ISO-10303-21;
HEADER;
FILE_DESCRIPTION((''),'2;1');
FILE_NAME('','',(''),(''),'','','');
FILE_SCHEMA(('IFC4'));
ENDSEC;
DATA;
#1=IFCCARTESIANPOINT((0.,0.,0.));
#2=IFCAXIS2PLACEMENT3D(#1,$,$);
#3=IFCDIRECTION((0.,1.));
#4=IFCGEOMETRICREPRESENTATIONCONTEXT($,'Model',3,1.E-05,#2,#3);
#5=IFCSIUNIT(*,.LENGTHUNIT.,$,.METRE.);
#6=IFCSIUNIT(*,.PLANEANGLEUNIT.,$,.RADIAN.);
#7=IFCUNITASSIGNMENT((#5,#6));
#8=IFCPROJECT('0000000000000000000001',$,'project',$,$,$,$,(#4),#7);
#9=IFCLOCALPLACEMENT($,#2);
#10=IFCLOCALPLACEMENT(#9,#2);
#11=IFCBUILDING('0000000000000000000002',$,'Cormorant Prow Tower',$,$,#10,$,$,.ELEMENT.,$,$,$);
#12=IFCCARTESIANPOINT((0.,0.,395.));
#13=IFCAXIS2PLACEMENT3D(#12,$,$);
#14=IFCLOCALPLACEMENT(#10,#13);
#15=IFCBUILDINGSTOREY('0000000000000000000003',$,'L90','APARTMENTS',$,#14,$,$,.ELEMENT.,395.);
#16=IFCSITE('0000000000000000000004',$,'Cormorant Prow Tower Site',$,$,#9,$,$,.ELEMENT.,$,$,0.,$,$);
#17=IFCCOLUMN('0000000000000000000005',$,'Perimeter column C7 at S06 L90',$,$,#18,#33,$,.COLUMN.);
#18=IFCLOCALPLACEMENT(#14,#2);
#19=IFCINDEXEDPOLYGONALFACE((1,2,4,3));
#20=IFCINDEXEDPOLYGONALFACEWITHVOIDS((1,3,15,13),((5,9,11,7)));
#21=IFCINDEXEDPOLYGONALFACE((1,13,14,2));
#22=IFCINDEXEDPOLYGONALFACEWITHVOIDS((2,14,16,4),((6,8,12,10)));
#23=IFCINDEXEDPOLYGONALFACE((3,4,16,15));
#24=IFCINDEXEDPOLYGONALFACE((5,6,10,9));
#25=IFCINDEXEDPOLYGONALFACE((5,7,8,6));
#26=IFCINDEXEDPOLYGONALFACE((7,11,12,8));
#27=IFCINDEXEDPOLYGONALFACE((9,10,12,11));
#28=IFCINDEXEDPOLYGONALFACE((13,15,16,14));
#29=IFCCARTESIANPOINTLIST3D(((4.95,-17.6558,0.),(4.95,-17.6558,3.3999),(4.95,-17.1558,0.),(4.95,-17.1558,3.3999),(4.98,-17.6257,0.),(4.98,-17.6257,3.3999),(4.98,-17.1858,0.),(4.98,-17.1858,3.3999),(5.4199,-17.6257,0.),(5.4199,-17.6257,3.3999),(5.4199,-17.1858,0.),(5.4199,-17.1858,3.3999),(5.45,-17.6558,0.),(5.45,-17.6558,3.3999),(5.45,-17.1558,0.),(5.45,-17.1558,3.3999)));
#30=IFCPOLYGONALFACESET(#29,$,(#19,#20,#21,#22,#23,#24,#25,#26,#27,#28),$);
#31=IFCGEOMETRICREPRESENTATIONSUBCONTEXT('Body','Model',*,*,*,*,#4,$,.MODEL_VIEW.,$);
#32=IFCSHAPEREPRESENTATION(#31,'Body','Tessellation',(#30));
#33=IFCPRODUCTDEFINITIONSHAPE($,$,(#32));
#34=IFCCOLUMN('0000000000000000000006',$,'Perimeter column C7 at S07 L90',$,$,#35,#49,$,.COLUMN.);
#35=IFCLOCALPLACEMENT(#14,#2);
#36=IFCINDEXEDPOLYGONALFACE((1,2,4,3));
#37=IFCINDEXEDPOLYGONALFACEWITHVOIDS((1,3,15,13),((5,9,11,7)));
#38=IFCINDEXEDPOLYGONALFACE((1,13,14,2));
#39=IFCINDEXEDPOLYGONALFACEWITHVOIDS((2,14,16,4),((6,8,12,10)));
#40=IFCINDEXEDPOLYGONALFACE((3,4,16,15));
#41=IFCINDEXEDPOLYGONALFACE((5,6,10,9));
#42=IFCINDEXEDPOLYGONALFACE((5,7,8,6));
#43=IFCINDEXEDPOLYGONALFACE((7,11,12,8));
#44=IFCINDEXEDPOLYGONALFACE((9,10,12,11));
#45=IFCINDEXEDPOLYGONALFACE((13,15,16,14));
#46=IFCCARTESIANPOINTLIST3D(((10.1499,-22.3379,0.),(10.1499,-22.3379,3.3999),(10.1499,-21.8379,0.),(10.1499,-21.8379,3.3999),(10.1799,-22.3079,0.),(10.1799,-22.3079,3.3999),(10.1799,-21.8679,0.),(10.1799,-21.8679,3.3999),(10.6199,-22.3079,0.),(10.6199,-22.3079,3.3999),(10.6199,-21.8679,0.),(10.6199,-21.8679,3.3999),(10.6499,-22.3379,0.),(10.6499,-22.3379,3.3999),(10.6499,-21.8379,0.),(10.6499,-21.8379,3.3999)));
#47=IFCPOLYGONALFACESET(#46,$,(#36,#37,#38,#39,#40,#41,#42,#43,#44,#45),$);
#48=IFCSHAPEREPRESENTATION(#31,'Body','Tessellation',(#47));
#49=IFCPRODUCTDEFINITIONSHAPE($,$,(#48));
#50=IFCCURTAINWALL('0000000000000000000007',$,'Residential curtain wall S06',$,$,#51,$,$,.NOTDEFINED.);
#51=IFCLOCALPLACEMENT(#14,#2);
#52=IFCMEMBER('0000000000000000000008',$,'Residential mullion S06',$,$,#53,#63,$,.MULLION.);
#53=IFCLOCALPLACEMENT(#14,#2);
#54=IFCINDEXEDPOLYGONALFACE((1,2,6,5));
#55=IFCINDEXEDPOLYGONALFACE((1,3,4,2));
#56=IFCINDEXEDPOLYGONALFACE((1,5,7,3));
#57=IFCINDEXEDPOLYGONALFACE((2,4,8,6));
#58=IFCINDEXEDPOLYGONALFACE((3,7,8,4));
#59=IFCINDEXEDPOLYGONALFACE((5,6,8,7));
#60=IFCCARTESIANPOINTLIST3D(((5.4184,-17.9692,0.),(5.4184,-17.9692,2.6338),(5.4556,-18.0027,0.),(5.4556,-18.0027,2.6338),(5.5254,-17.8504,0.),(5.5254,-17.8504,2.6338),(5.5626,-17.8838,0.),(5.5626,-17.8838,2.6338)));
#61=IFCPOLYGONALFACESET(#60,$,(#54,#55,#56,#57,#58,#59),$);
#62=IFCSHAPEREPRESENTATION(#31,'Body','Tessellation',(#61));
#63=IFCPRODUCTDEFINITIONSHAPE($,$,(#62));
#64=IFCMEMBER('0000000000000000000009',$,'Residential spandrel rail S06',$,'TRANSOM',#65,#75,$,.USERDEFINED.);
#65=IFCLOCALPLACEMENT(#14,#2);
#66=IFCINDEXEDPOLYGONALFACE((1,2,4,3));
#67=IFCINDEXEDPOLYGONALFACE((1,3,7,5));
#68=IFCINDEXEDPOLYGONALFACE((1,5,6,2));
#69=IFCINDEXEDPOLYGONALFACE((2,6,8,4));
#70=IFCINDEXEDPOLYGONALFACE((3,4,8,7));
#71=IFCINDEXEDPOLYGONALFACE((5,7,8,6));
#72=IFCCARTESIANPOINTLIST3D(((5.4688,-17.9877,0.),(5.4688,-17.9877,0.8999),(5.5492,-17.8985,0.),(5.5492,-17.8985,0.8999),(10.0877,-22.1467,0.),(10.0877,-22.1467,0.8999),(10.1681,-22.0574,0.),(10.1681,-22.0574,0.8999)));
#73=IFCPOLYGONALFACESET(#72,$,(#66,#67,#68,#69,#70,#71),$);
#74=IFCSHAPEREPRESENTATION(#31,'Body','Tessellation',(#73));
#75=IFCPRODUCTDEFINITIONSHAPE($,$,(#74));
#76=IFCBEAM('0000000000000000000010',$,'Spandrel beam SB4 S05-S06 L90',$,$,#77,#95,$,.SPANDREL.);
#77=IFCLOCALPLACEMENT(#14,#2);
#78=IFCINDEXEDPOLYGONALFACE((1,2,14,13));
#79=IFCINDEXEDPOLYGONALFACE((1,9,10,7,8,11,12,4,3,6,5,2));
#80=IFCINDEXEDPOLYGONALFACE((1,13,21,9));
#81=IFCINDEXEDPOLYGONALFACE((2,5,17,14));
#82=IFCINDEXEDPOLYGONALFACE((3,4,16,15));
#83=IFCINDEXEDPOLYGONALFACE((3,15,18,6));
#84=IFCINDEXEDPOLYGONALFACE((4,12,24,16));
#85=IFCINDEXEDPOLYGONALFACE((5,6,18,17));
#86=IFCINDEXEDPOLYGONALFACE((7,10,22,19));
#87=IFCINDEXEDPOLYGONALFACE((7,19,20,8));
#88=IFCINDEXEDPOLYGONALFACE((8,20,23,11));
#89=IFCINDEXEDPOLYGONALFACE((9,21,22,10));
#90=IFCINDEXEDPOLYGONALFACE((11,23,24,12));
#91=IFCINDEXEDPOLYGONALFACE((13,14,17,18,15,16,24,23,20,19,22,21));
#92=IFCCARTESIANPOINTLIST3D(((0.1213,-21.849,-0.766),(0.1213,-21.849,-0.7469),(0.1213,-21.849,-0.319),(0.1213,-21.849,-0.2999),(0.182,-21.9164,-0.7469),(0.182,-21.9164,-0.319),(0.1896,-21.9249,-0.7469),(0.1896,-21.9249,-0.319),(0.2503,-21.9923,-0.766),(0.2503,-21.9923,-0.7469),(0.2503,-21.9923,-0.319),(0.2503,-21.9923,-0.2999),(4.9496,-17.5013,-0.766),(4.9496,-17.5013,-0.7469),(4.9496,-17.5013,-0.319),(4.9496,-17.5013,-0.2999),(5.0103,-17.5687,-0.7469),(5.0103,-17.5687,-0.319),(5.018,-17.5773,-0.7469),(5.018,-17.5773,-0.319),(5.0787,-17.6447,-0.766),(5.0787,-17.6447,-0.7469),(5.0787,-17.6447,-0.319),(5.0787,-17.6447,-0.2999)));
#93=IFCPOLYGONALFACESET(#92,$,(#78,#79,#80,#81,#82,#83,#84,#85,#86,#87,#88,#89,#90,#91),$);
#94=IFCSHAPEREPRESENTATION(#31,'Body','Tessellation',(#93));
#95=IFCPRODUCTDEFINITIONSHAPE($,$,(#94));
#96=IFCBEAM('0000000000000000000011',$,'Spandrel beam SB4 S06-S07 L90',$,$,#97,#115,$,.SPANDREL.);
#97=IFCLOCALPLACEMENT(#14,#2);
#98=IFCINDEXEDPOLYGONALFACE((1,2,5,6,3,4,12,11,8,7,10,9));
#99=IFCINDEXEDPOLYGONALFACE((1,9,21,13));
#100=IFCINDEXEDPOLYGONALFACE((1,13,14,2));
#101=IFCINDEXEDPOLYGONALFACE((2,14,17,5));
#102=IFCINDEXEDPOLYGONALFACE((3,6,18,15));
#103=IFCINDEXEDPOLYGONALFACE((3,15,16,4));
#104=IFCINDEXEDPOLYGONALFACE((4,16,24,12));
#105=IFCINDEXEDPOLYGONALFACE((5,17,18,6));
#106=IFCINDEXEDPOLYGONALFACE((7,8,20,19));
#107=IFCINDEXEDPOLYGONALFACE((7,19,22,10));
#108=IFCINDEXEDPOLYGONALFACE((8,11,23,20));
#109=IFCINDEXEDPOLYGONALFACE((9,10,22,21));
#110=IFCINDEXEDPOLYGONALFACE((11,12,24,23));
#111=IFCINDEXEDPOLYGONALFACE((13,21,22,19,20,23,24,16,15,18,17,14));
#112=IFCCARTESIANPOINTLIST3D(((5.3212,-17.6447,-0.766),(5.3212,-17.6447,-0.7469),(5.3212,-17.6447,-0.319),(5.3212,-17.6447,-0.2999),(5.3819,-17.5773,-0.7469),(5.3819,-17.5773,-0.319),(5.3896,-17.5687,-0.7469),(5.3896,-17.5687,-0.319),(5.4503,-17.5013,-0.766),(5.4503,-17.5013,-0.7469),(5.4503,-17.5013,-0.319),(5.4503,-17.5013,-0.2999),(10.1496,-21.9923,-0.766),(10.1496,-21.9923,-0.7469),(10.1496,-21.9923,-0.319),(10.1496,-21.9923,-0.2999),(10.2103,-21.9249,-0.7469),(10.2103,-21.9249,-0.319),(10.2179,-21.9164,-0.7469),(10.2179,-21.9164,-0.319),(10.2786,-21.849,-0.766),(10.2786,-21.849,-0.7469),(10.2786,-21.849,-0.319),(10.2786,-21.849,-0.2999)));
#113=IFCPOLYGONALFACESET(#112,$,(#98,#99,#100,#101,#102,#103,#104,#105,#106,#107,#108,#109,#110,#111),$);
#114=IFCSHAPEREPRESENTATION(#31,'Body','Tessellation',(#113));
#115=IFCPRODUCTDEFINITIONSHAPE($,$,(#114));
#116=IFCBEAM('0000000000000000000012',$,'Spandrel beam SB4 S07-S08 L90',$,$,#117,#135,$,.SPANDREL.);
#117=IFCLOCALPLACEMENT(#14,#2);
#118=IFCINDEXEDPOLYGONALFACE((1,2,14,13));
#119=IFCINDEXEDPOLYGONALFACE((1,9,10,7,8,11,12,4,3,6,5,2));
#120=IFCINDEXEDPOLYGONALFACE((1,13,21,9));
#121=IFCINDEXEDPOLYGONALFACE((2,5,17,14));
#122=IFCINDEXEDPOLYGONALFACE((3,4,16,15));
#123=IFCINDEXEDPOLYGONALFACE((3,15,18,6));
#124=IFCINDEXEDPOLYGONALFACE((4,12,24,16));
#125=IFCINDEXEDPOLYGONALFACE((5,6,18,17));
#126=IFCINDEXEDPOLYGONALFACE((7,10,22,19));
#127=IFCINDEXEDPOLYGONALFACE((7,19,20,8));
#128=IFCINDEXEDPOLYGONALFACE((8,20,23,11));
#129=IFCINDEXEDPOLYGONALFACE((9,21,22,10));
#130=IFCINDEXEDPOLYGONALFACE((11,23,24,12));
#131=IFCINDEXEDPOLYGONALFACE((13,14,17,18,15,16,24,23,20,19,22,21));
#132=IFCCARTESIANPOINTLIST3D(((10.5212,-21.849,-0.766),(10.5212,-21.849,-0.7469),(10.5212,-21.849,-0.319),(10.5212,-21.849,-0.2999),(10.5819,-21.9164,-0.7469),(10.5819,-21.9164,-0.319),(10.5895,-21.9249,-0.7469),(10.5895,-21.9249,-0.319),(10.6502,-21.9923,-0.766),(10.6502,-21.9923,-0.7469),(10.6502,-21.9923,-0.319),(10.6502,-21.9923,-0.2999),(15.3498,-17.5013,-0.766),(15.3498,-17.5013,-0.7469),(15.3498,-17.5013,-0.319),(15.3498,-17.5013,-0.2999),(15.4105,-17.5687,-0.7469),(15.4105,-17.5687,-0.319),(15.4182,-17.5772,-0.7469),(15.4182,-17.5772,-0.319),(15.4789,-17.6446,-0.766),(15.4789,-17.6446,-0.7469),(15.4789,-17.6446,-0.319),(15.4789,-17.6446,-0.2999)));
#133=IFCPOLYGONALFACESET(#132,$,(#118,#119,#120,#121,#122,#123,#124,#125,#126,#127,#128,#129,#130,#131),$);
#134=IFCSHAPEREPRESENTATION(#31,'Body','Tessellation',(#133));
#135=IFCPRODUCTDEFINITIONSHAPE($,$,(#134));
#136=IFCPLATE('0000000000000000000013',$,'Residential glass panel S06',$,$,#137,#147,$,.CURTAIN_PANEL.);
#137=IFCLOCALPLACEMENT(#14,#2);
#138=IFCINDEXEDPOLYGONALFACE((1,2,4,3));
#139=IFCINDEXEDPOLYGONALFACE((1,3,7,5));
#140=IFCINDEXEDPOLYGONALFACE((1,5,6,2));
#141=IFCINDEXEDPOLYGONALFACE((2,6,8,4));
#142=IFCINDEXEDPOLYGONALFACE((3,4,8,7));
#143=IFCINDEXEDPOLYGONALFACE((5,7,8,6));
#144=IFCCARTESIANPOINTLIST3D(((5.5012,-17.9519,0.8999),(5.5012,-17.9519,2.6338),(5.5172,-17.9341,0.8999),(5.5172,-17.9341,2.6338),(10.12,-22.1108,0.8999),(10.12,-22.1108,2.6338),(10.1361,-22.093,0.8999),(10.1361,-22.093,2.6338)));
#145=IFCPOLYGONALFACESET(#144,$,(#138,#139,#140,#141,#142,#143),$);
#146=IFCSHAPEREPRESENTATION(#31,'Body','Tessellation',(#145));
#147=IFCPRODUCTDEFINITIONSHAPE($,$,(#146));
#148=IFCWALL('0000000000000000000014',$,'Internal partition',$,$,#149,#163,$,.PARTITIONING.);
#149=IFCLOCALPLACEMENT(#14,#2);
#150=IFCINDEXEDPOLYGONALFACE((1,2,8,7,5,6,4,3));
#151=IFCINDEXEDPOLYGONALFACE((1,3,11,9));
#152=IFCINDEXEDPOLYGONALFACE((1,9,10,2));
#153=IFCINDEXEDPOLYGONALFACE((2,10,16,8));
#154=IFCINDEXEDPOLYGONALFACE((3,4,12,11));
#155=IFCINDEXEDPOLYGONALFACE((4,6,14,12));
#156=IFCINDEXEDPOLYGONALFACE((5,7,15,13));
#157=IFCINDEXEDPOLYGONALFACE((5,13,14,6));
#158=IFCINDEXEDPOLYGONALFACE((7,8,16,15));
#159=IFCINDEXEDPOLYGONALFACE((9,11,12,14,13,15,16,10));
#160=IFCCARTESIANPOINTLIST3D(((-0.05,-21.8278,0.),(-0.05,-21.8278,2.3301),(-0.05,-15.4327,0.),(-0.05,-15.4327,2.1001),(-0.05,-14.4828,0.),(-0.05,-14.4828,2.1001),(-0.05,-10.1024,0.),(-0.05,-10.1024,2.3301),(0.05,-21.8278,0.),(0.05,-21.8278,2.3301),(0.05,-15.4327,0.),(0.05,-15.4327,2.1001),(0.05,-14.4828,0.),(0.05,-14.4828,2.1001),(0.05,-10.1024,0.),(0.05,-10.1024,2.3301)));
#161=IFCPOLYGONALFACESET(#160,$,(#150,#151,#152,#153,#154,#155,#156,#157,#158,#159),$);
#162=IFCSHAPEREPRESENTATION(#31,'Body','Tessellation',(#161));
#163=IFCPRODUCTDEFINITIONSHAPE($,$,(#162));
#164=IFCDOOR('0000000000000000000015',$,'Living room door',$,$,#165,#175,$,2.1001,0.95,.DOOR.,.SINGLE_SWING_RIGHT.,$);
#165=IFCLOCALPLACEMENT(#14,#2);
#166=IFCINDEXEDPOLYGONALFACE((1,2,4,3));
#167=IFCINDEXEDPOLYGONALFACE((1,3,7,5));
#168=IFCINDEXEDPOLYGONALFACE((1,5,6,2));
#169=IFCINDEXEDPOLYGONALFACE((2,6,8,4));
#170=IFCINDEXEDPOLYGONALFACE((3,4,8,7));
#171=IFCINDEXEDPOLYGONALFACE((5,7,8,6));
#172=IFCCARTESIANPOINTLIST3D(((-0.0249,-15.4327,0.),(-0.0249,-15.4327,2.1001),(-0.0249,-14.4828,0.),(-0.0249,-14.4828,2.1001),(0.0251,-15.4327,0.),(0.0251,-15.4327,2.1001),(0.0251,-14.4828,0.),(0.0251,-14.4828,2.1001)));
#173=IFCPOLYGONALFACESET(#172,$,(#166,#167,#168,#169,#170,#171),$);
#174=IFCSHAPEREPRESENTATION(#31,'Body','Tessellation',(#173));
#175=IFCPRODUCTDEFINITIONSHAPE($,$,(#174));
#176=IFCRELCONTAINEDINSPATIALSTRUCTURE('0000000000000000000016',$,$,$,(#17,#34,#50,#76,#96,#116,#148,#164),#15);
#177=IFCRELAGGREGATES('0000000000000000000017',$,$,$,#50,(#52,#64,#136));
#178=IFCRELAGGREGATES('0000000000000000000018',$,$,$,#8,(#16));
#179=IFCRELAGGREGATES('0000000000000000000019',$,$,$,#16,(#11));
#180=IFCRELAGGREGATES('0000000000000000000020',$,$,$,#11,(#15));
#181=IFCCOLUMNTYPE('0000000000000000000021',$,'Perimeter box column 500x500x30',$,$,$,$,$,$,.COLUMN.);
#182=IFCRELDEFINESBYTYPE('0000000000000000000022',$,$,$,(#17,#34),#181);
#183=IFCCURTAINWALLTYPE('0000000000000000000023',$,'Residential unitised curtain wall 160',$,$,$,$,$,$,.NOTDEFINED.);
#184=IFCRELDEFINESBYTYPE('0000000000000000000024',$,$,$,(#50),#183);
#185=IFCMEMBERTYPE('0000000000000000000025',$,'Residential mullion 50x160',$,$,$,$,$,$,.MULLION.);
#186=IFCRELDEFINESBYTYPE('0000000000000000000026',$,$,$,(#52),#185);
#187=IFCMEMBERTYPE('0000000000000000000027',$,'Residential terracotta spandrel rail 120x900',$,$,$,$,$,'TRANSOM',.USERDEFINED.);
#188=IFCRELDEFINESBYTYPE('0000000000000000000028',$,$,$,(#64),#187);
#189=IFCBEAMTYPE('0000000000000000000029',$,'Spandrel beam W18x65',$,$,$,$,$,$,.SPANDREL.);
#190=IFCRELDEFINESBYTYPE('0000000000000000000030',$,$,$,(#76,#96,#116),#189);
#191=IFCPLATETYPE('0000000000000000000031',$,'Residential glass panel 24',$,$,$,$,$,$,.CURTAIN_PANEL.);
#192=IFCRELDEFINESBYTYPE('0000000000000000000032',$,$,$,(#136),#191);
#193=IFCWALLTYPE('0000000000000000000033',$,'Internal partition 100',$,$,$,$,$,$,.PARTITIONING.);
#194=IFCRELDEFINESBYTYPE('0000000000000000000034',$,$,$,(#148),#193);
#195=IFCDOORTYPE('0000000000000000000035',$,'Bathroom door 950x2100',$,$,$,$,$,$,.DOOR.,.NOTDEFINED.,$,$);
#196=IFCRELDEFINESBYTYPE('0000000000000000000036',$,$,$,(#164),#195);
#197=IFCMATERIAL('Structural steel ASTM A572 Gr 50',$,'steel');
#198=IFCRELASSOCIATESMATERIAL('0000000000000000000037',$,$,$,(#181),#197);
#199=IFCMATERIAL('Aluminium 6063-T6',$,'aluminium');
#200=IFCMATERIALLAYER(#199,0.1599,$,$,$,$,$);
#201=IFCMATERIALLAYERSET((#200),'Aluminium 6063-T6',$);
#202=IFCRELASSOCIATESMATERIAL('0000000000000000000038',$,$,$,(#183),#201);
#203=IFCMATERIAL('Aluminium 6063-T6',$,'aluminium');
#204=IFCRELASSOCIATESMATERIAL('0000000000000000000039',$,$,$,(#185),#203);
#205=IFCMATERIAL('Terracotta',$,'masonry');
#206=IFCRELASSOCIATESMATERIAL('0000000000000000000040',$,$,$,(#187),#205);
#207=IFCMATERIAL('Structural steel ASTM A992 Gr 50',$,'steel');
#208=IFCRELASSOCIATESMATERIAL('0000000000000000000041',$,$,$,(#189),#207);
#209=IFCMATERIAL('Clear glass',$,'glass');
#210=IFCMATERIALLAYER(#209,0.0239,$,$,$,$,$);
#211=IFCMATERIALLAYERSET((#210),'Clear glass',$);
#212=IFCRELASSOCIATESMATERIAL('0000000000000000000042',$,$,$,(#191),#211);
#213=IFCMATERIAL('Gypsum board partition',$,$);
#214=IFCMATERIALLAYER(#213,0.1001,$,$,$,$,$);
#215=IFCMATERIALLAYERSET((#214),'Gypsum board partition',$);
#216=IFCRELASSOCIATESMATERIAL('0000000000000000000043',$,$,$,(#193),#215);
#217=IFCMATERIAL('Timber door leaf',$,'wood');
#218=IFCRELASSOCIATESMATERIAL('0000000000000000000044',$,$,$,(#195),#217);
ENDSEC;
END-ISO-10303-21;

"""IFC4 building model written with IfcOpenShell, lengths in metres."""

from ifc_helpers import new_model, si_unit, direction, frame, frame_2d, origin, origin_2d, place, context, subcontext, project, spatial, rectangle, hollow_rectangle, i_section, extrude, material, layer, layer_set, material_profile, profile_set, type_object, element, fill, aggregate, save


model = new_model("IFC4")

# Units and contexts
model_context = context("Model", 3, precision=1e-05, world=origin(), true_north=direction((0.0, 1.0)))
body_context = subcontext(model_context, "Body", "Model", "MODEL_VIEW")
ifc_project = project(units=[si_unit("LENGTHUNIT", "METRE"), si_unit("PLANEANGLEUNIT", "RADIAN")], contexts=[model_context])

# Site, building, storey
site_placement = place(None, origin())
site = spatial("IfcSite", under=ifc_project, at=site_placement, Name="Cormorant Prow Tower Site", CompositionType="ELEMENT", RefElevation=0.0)
building_placement = place(site_placement, origin())
building = spatial("IfcBuilding", under=site, at=building_placement, Name="Cormorant Prow Tower", CompositionType="ELEMENT")
storey_placement = place(building_placement, frame((0.0, 0.0, 395.0)))
storey = spatial("IfcBuildingStorey", under=building, at=storey_placement, Name="L90", Description="APARTMENTS", CompositionType="ELEMENT", Elevation=395.0)

# Columns
ifc_material_1 = material(Name="Structural steel ASTM A572 Gr 50", Category="steel")
ifc_material_profile_1 = material_profile(ifc_material_1, hollow_rectangle(XDim=0.5, YDim=0.5, WallThickness=0.03, at=origin_2d()), Name="Box 500x500x30")
ifc_profile_set_1 = profile_set([ifc_material_profile_1], Name="Structural steel ASTM A572 Gr 50")
column_type = type_object("IfcColumnType", Name="Perimeter box column 500x500x30", PredefinedType="COLUMN", material=ifc_profile_set_1)
for number, where, z_axis, x_axis, name in (
    (1, (5.2, -17.4058, 0.0), (0.0, 0.0, 1.0), (1.0, 0.0, 0.0), "Perimeter column C7 at S06 L90"),
    (2, (10.3999, -22.0879, 0.0), (0.0, 0.0, 1.0), (1.0, 0.0, 0.0), "Perimeter column C7 at S07 L90"),
):
    element("IfcColumn", number, at=place(storey_placement, frame(where, z_axis=z_axis, x_axis=x_axis)), inside=storey, type_object=column_type, Name=name, PredefinedType="COLUMN", context=body_context, shape_type="SweptSolid", body=[
        extrude(hollow_rectangle(XDim=0.5, YDim=0.5, WallThickness=0.03, at=origin_2d()), origin(), (0.0, 0.0, 1.0), 3.3999),
    ])

# Curtain wall, members
ifc_material_2 = material(Name="Aluminium 6063-T6", Category="aluminium")
ifc_layer_1 = layer(ifc_material_2, 0.1599)
ifc_layer_set_1 = layer_set([ifc_layer_1], Name="Aluminium 6063-T6")
curtain_wall_type = type_object("IfcCurtainWallType", Name="Residential unitised curtain wall 160", PredefinedType="NOTDEFINED", material=ifc_layer_set_1)
curtain_wall_placement = place(storey_placement, origin())
curtain_wall = element("IfcCurtainWall", 3, at=curtain_wall_placement, inside=storey, type_object=curtain_wall_type, Name="Residential curtain wall S06", PredefinedType="NOTDEFINED")
ifc_material_3 = material(Name="Aluminium 6063-T6", Category="aluminium")
ifc_material_profile_2 = material_profile(ifc_material_3, rectangle(XDim=0.1599, YDim=0.05, at=origin_2d()), Name="Residential mullion 50x160")
ifc_profile_set_2 = profile_set([ifc_material_profile_2], Name="Aluminium 6063-T6")
member_type_1 = type_object("IfcMemberType", Name="Residential mullion 50x160", PredefinedType="MULLION", material=ifc_profile_set_2)
member_1_placement = place(storey_placement, frame((5.4905, -17.9265, 0.0), z_axis=(0.0, 0.0, 1.0), x_axis=(0.669131, 0.743145, 0.0)))
member_1 = element("IfcMember", 4, at=member_1_placement, type_object=member_type_1, Name="Residential mullion S06", PredefinedType="MULLION", context=body_context, shape_type="SweptSolid", body=[
    extrude(rectangle(XDim=0.1599, YDim=0.05, at=origin_2d()), origin(), (0.0, 0.0, 1.0), 2.6338),
])
ifc_material_4 = material(Name="Terracotta", Category="masonry")
ifc_material_profile_3 = material_profile(ifc_material_4, rectangle(XDim=0.1201, YDim=0.8999, at=origin_2d()), Name="Residential terracotta spandrel rail 120x900")
ifc_profile_set_3 = profile_set([ifc_material_profile_3], Name="Terracotta")
member_type_2 = type_object("IfcMemberType", Name="Residential terracotta spandrel rail 120x900", ElementType="TRANSOM", PredefinedType="USERDEFINED", material=ifc_profile_set_3)
member_2_placement = place(storey_placement, frame((5.509, -17.9431, 0.45), z_axis=(0.74314, -0.669136, 0.0), x_axis=(0.669136, 0.74314, 0.0)))
member_2 = element("IfcMember", 5, at=member_2_placement, type_object=member_type_2, Name="Residential spandrel rail S06", ObjectType="TRANSOM", PredefinedType="USERDEFINED", context=body_context, shape_type="SweptSolid", body=[
    extrude(rectangle(XDim=0.1201, YDim=0.8999, at=origin_2d()), origin(), (0.0, 0.0, 1.0), 6.2153),
])

# Beams
ifc_material_5 = material(Name="Structural steel ASTM A992 Gr 50", Category="steel")
ifc_material_profile_4 = material_profile(ifc_material_5, i_section(OverallWidth=0.1929, OverallDepth=0.4661, WebThickness=0.0115, FlangeThickness=0.019, at=origin_2d()), Name="W18x65")
ifc_profile_set_4 = profile_set([ifc_material_profile_4], Name="Structural steel ASTM A992 Gr 50")
beam_type = type_object("IfcBeamType", Name="Spandrel beam W18x65", PredefinedType="SPANDREL", material=ifc_profile_set_4)
for number, where, z_axis, x_axis, name in (
    (6, (0.1858, -21.9207, -0.533), (0.743132, 0.669145, 0.0), (-0.669145, 0.743132, 0.0), "Spandrel beam SB4 S05-S06 L90"),
    (7, (5.3857, -17.573, -0.533), (0.743132, -0.669145, 0.0), (0.669145, 0.743132, 0.0), "Spandrel beam SB4 S06-S07 L90"),
):
    element("IfcBeam", number, at=place(storey_placement, frame(where, z_axis=z_axis, x_axis=x_axis)), inside=storey, type_object=beam_type, Name=name, PredefinedType="SPANDREL", context=body_context, shape_type="SweptSolid", body=[
        extrude(i_section(OverallWidth=0.1929, OverallDepth=0.4661, WebThickness=0.0115, FlangeThickness=0.019, at=origin_2d()), origin(), (0.0, 0.0, 1.0), 6.4973),
    ])
beam_placement = place(storey_placement, frame((10.5857, -21.9207, -0.533), z_axis=(0.743148, 0.669127, 0.0), x_axis=(-0.669127, 0.743148, 0.0)))
element("IfcBeam", 8, at=beam_placement, inside=storey, type_object=beam_type, Name="Spandrel beam SB4 S07-S08 L90", PredefinedType="SPANDREL", context=body_context, shape_type="SweptSolid", body=[
    extrude(i_section(OverallWidth=0.1929, OverallDepth=0.4661, WebThickness=0.0115, FlangeThickness=0.019, at=origin_2d()), origin(), (0.0, 0.0, 1.0), 6.4976),
])

# Plate
ifc_material_6 = material(Name="Clear glass", Category="glass")
ifc_layer_2 = layer(ifc_material_6, 0.0239)
ifc_layer_set_2 = layer_set([ifc_layer_2], Name="Clear glass")
plate_type = type_object("IfcPlateType", Name="Residential glass panel 24", PredefinedType="CURTAIN_PANEL", material=ifc_layer_set_2)
plate_placement = place(storey_placement, frame((7.8186, -20.0225, 0.8999), z_axis=(0.0, 0.0, 1.0), x_axis=(0.743145, -0.669131, 0.0)))
plate = element("IfcPlate", 9, at=plate_placement, type_object=plate_type, Name="Residential glass panel S06", PredefinedType="CURTAIN_PANEL", context=body_context, shape_type="SweptSolid", body=[
    extrude(rectangle(XDim=6.2153, YDim=0.0239, at=origin_2d()), origin(), (0.0, 0.0, 1.0), 1.7339),
])
aggregate(curtain_wall, [member_1, member_2, plate])

# Wall, opening, door
ifc_material_7 = material(Name="Gypsum board partition")
ifc_layer_3 = layer(ifc_material_7, 0.1001)
ifc_layer_set_3 = layer_set([ifc_layer_3], Name="Gypsum board partition")
wall_type_1 = type_object("IfcWallType", Name="Internal partition 100", PredefinedType="PARTITIONING", material=ifc_layer_set_3)
wall_1_placement = place(storey_placement, frame((0.0, -21.8279, 0.0), z_axis=(0.0, 0.0, 1.0), x_axis=(0.0, 1.0, 0.0)))
wall_1 = element("IfcWall", 10, at=wall_1_placement, inside=storey, type_object=wall_type_1, Name="Internal partition", PredefinedType="PARTITIONING", context=body_context, shape_type="SweptSolid", body=[
    extrude(rectangle(XDim=11.7253, YDim=0.1001, at=frame_2d((5.8628, 0.0))), origin(), (0.0, 0.0, 1.0), 2.3301),
])
opening_1_placement = place(wall_1_placement, frame((6.395, 0.0, 0.0)))
opening_1 = element("IfcOpeningElement", 11, at=opening_1_placement, cuts=wall_1, PredefinedType="OPENING", context=body_context, shape_type="SweptSolid", body=[
    extrude(rectangle(XDim=0.95, YDim=2.1001, at=frame_2d((0.4751, 1.05))), frame((0.0, 0.0601, 0.0), z_axis=(0.0, -1.0, 0.0), x_axis=(1.0, 0.0, 0.0)), (0.0, 0.0, 1.0), 0.1201),
])
ifc_material_8 = material(Name="Timber door leaf", Category="wood")
door_type_1 = type_object("IfcDoorType", Name="Bathroom door 950x2100", OperationType="NOTDEFINED", PredefinedType="DOOR", material=ifc_material_8)
door_1_placement = place(opening_1_placement, origin())
door_1 = element("IfcDoor", 12, at=door_1_placement, inside=storey, type_object=door_type_1, Name="Living room door", OperationType="SINGLE_SWING_RIGHT", OverallHeight=2.1001, OverallWidth=0.95, PredefinedType="DOOR", context=body_context, shape_type="SweptSolid", body=[
    extrude(rectangle(XDim=0.95, YDim=2.1001, at=frame_2d((0.4751, 1.05))), frame((0.0, 0.0249, 0.0), z_axis=(0.0, -1.0, 0.0), x_axis=(1.0, 0.0, 0.0)), (0.0, 0.0, 1.0), 0.05),
])
fill(opening_1, door_1)

save(model, "model.ifc")
